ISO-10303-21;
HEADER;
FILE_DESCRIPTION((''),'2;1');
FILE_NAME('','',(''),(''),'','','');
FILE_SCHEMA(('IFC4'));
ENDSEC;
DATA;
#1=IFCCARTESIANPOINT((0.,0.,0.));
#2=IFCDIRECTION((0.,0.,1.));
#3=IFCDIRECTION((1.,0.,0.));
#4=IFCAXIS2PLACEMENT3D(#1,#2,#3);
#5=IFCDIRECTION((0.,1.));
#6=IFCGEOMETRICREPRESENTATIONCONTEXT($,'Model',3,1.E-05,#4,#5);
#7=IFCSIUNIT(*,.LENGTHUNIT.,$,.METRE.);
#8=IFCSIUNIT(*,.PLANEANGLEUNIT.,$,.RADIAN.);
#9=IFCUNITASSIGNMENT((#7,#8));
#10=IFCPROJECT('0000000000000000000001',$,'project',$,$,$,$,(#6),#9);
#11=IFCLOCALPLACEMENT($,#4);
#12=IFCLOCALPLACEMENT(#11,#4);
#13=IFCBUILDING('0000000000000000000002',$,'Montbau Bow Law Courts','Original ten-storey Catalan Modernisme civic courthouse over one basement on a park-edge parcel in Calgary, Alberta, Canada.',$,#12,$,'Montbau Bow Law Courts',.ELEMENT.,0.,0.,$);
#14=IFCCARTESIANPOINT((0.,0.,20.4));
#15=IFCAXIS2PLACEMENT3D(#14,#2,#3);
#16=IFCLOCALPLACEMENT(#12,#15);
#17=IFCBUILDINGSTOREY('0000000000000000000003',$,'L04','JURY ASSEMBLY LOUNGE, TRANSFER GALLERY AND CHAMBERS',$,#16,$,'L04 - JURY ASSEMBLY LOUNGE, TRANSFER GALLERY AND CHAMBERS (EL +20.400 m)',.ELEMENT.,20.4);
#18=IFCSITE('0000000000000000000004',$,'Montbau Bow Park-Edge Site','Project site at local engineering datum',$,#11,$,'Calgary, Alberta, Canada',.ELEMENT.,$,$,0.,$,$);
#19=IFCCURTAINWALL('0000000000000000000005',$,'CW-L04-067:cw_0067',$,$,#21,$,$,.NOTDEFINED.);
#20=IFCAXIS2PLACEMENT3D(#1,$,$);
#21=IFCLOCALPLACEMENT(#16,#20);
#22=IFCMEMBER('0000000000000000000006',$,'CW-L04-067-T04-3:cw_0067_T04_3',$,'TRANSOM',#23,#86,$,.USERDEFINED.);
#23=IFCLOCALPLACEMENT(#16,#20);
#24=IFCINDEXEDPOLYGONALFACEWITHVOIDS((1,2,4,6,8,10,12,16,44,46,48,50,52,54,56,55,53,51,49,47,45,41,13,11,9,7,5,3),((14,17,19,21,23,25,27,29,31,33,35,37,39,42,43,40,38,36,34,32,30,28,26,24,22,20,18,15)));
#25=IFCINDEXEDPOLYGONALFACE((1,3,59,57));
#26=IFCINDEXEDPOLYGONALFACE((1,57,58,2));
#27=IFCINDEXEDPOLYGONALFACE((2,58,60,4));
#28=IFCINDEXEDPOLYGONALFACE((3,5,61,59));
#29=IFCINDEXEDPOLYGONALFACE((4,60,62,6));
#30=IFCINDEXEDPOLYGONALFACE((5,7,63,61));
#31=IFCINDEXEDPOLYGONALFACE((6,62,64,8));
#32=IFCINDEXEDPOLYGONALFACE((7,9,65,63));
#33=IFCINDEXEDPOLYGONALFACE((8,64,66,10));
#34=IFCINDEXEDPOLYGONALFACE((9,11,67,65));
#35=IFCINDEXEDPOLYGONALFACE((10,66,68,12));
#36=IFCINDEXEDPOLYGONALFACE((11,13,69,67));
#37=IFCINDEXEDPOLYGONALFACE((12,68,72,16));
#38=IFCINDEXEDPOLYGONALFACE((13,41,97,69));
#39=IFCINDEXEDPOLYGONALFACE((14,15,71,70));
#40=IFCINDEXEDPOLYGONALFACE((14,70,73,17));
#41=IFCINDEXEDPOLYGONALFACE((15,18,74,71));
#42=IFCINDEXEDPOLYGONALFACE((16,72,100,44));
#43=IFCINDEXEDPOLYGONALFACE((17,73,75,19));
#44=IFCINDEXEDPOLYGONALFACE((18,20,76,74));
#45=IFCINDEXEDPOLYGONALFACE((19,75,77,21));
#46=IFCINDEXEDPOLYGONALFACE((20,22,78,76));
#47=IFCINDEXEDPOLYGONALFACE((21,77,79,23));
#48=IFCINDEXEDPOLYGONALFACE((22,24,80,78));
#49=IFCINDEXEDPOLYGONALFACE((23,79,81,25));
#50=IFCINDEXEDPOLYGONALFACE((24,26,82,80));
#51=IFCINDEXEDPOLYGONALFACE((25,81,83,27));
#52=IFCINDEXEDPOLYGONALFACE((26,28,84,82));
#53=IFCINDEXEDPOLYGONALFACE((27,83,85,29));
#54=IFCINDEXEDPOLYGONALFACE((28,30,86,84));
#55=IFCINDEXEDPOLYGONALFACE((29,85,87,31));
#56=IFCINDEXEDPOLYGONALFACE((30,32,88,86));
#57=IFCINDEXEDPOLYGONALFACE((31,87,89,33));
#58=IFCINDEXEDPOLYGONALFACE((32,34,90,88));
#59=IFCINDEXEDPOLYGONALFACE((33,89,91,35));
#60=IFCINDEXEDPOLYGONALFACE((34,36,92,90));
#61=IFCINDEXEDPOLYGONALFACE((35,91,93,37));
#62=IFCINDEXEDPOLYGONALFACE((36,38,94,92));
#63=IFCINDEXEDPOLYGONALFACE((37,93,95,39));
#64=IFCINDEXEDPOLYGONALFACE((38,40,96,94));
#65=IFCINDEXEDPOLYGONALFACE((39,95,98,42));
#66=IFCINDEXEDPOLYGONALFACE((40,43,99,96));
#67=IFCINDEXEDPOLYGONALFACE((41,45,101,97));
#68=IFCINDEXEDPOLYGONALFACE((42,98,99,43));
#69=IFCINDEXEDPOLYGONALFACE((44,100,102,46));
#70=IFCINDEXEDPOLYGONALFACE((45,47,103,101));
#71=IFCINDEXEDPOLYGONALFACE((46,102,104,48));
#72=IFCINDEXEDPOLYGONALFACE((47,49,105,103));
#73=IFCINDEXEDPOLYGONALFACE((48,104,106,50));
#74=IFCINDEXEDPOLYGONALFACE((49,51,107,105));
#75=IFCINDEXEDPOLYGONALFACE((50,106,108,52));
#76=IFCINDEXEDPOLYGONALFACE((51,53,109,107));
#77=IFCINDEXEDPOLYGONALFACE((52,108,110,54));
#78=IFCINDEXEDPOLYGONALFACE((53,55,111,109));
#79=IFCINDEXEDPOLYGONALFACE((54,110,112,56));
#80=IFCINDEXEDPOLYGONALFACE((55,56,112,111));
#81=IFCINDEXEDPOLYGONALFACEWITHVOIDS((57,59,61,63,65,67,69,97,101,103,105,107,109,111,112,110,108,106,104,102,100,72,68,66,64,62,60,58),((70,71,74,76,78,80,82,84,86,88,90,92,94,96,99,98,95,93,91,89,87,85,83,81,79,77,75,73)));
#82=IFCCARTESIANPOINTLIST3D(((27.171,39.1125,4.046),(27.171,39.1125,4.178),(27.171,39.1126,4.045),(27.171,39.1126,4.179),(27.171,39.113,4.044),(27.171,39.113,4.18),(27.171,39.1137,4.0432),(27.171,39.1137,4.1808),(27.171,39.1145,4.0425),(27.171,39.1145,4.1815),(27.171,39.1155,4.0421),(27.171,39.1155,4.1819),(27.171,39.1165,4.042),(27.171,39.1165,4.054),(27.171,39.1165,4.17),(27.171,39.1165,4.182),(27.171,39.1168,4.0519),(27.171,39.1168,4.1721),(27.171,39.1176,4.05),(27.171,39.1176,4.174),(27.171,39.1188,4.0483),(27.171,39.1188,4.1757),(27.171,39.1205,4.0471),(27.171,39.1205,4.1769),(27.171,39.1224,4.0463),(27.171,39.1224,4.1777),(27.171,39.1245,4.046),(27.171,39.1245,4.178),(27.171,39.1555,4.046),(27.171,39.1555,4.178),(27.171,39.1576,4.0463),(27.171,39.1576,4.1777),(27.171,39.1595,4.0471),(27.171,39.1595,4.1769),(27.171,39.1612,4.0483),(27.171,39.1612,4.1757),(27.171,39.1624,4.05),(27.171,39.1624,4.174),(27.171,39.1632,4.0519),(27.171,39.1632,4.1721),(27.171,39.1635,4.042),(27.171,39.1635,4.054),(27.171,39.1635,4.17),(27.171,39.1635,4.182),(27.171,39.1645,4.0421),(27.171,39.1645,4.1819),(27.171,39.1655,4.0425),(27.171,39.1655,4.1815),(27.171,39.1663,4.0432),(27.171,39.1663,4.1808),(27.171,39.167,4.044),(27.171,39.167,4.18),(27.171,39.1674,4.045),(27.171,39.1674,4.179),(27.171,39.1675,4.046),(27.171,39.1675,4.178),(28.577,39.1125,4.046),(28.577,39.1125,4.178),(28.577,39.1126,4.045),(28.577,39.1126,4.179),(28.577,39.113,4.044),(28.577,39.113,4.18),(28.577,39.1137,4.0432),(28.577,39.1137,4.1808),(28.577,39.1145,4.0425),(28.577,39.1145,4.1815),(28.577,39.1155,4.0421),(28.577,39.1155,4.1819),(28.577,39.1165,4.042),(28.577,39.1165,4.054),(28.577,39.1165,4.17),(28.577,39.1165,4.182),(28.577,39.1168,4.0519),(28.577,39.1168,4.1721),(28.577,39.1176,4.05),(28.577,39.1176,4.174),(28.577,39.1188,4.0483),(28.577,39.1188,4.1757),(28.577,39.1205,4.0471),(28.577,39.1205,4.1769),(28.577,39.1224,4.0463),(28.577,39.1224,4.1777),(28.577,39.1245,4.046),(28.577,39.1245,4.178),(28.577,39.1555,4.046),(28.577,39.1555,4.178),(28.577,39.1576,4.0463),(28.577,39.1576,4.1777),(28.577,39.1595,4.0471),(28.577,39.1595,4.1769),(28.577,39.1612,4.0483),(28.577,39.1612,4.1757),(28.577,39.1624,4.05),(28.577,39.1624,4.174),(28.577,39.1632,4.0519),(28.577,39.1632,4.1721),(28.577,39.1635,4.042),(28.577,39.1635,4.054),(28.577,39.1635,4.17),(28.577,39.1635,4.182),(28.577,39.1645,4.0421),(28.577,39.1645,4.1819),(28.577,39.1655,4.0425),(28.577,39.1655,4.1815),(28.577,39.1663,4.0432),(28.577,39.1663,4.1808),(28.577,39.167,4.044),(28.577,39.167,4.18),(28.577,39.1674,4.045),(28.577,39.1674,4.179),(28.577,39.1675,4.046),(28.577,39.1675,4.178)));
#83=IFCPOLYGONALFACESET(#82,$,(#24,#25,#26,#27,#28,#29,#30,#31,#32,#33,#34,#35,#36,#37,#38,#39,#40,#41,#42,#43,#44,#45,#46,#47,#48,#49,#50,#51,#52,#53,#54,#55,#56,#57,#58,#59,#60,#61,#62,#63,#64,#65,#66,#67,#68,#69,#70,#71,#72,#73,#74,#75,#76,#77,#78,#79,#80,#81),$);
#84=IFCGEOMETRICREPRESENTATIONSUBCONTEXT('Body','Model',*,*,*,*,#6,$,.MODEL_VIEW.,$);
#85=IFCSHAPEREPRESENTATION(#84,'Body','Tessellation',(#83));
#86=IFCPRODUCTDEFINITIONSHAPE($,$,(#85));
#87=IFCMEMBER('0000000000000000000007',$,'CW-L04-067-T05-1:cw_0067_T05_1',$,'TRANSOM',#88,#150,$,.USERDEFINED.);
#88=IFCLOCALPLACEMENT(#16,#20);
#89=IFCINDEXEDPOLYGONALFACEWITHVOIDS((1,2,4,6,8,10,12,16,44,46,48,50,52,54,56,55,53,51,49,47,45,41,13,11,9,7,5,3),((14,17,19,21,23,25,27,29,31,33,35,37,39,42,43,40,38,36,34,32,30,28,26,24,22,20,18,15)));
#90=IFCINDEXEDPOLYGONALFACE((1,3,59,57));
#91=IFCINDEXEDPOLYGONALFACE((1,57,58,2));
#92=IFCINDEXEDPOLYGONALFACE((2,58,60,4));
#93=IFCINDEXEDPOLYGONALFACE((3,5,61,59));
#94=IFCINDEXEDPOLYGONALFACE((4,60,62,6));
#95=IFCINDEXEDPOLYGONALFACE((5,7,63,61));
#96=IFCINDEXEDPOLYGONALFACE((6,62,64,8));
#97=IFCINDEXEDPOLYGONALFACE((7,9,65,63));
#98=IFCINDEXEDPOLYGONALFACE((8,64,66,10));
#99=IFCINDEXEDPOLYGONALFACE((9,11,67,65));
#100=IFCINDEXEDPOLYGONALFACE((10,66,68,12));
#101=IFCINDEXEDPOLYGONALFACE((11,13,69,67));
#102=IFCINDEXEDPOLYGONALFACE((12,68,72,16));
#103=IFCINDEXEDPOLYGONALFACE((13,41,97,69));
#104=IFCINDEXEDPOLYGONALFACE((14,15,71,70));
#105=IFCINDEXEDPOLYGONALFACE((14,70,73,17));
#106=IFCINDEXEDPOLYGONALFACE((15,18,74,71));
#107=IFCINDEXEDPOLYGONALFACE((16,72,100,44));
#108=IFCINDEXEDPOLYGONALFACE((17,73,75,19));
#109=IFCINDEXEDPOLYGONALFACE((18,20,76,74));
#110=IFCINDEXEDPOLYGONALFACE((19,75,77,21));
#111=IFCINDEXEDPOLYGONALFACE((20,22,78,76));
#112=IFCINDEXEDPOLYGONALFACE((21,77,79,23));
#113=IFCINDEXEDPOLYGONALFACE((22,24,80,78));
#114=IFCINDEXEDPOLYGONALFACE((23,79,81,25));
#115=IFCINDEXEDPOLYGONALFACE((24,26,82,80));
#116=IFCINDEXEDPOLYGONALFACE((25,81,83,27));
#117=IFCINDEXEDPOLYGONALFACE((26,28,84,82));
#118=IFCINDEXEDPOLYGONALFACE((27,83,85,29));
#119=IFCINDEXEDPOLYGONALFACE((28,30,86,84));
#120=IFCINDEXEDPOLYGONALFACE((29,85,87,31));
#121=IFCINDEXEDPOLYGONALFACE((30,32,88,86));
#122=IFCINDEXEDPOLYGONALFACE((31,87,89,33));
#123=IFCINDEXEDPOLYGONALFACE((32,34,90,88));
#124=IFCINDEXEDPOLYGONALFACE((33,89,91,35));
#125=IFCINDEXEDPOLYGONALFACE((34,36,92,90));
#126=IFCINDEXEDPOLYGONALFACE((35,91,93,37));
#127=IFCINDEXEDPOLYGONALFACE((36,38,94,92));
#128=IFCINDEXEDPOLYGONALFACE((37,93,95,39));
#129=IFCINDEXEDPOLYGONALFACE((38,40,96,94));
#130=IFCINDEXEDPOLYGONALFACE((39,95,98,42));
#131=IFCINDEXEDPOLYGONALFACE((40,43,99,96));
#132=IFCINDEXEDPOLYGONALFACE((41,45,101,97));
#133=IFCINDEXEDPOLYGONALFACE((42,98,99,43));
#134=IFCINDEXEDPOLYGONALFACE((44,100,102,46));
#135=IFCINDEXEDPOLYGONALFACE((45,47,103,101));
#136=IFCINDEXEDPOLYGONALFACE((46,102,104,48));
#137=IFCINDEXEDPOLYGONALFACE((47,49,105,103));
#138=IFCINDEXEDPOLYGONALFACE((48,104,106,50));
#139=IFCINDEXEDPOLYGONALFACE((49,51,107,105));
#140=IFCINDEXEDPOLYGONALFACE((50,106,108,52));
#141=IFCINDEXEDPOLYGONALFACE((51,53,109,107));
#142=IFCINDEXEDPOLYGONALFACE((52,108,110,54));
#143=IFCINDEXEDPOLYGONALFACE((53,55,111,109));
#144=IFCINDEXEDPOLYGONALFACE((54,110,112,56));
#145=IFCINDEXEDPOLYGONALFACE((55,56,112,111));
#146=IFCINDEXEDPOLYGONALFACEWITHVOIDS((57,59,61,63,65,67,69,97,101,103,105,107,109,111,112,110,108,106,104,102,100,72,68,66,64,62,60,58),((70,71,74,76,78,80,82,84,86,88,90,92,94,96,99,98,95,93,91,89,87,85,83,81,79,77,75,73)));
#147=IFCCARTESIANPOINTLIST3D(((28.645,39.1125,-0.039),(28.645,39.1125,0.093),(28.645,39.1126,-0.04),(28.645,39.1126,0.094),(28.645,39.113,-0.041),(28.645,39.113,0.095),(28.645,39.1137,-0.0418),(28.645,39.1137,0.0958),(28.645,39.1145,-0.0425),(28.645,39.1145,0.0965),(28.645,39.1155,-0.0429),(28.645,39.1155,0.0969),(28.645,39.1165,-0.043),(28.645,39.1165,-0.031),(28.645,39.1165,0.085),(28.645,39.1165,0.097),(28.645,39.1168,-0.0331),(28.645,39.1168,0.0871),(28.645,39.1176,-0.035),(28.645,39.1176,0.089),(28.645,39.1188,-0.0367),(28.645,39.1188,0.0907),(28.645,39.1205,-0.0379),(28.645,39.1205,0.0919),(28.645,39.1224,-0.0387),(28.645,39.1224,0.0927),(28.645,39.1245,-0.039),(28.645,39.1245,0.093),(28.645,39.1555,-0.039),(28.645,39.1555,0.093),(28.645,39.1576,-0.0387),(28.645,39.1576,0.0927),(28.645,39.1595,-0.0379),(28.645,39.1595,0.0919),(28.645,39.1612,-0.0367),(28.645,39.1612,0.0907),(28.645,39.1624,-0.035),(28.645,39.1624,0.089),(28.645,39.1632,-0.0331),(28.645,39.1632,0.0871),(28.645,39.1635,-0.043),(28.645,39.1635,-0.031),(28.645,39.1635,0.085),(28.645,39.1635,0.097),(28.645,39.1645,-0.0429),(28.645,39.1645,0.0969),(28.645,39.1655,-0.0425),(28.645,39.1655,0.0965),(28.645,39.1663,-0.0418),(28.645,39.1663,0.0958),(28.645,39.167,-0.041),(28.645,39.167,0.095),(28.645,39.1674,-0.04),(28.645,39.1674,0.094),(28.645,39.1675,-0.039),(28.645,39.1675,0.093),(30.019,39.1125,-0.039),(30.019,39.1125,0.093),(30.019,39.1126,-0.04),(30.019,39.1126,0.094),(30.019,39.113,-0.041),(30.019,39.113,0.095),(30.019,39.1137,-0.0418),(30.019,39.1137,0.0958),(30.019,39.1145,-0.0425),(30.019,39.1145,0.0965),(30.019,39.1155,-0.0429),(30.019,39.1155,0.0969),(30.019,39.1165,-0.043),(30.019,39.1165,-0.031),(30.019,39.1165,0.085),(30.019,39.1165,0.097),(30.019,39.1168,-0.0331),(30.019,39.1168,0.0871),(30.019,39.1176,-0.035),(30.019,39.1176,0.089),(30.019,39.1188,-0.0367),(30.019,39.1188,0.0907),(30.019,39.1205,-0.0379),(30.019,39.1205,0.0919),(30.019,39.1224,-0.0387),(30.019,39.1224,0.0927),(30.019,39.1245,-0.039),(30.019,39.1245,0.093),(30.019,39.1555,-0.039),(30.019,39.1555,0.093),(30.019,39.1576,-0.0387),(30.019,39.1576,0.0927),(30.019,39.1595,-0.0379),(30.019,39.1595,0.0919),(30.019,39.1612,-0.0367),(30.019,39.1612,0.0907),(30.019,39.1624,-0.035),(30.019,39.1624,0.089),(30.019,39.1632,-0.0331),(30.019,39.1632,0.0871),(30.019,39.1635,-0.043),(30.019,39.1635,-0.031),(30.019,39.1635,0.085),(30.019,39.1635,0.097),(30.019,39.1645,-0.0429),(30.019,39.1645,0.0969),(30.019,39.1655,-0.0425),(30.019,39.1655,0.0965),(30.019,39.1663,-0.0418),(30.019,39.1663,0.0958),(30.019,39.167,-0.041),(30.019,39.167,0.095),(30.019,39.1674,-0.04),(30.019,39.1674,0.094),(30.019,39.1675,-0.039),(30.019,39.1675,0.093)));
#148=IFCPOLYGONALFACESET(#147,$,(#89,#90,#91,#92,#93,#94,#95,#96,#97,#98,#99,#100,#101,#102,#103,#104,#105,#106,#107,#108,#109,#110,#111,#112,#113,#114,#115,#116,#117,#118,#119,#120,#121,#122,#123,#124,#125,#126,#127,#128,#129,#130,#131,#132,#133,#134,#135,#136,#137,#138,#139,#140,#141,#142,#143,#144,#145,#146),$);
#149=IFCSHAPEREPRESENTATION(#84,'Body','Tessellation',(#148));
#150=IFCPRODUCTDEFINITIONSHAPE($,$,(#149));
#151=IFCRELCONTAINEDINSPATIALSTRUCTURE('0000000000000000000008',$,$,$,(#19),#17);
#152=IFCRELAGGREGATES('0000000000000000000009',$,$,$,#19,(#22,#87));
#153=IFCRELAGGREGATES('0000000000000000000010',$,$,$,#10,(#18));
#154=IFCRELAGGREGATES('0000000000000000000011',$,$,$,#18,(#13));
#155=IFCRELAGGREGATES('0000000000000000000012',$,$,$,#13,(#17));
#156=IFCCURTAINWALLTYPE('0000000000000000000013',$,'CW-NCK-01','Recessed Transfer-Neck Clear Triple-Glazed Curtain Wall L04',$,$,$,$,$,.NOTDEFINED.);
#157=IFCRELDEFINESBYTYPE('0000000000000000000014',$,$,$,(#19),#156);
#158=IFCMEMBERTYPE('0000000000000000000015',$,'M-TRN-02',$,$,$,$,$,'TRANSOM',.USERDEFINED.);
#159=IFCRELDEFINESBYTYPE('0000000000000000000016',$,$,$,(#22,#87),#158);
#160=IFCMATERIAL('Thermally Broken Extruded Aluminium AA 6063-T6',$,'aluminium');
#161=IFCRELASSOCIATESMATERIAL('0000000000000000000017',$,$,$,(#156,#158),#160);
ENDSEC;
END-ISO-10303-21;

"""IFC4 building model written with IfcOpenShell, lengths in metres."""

from ifc_helpers import new_model, si_unit, direction, frame, origin_with_axes, origin_2d_with_axis, place, context, subcontext, project, spatial, hollow_rectangle, extrude, material, material_profile, profile_set, type_object, element, aggregate, save


model = new_model("IFC4")

# Units and contexts
model_context = context("Model", 3, precision=1e-05, world=origin_with_axes(), true_north=direction((0.0, 1.0)))
body_context = subcontext(model_context, "Body", "Model", "MODEL_VIEW")
ifc_project = project(units=[si_unit("LENGTHUNIT", "METRE"), si_unit("PLANEANGLEUNIT", "RADIAN")], contexts=[model_context])

# Site, building, storey
site_placement = place(None, origin_with_axes())
site = spatial("IfcSite", under=ifc_project, at=site_placement, Name="Montbau Bow Park-Edge Site", Description="Project site at local engineering datum", LongName="Calgary, Alberta, Canada", CompositionType="ELEMENT", RefElevation=0.0)
building_placement = place(site_placement, origin_with_axes())
building = spatial("IfcBuilding", under=site, at=building_placement, Name="Montbau Bow Law Courts", Description="Original ten-storey Catalan Modernisme civic courthouse over one basement on a park-edge parcel in Calgary, Alberta, Canada.", LongName="Montbau Bow Law Courts", CompositionType="ELEMENT", ElevationOfRefHeight=0.0, ElevationOfTerrain=0.0)
storey_placement = place(building_placement, frame((0.0, 0.0, 20.4), z_axis=(0.0, 0.0, 1.0), x_axis=(1.0, 0.0, 0.0)))
storey = spatial("IfcBuildingStorey", under=building, at=storey_placement, Name="L04", Description="JURY ASSEMBLY LOUNGE, TRANSFER GALLERY AND CHAMBERS", LongName="L04 - JURY ASSEMBLY LOUNGE, TRANSFER GALLERY AND CHAMBERS (EL +20.400 m)", CompositionType="ELEMENT", Elevation=20.4)

# Curtain wall, members
ifc_material_1 = material(Name="Thermally Broken Extruded Aluminium AA 6063-T6", Category="aluminium")
curtain_wall_type = type_object("IfcCurtainWallType", Name="CW-NCK-01", Description="Recessed Transfer-Neck Clear Triple-Glazed Curtain Wall L04", PredefinedType="NOTDEFINED", material=ifc_material_1)
curtain_wall_placement = place(None, frame((22.715, 39.14, 20.4), z_axis=(0.0, 0.0, 1.0), x_axis=(1.0, 0.0, 0.0)))
curtain_wall = element("IfcCurtainWall", 1, at=curtain_wall_placement, inside=storey, type_object=curtain_wall_type, Name="CW-L04-067:cw_0067", PredefinedType="NOTDEFINED")
ifc_material_profile_1 = material_profile(ifc_material_1, hollow_rectangle(XDim=0.055, YDim=0.14, WallThickness=0.004, InnerFilletRadius=0.008, OuterFilletRadius=0.004, at=origin_2d_with_axis()), Name="CWT-140X55", Category="Main", Priority=0)
ifc_profile_set_1 = profile_set([ifc_material_profile_1], Name="Thermally Broken Extruded Aluminium AA 6063-T6")
member_type_1 = type_object("IfcMemberType", Name="M-TRN-02", ElementType="TRANSOM", PredefinedType="USERDEFINED", material=ifc_profile_set_1)
member_1_placement = place(None, frame((27.171, 39.14, 24.512), z_axis=(1.0, 0.0, 0.0), x_axis=(0.0, 1.0, 0.0)))
member_1 = element("IfcMember", 2, at=member_1_placement, type_object=member_type_1, Name="CW-L04-067-T04-3:cw_0067_T04_3", ObjectType="TRANSOM", PredefinedType="USERDEFINED", context=body_context, shape_type="SweptSolid", body=[
    extrude(hollow_rectangle(XDim=0.055, YDim=0.14, WallThickness=0.004, InnerFilletRadius=0.008, OuterFilletRadius=0.004, at=origin_2d_with_axis()), origin_with_axes(), (0.0, 0.0, 1.0), 1.406),
])
member_2_placement = place(None, frame((28.645, 39.14, 20.427), z_axis=(1.0, 0.0, 0.0), x_axis=(0.0, 1.0, 0.0)))
member_2 = element("IfcMember", 3, at=member_2_placement, type_object=member_type_1, Name="CW-L04-067-T05-1:cw_0067_T05_1", ObjectType="TRANSOM", PredefinedType="USERDEFINED", context=body_context, shape_type="SweptSolid", body=[
    extrude(hollow_rectangle(XDim=0.055, YDim=0.14, WallThickness=0.004, InnerFilletRadius=0.008, OuterFilletRadius=0.004, at=origin_2d_with_axis()), origin_with_axes(), (0.0, 0.0, 1.0), 1.374),
])
aggregate(curtain_wall, [member_1, member_2])

save(model, "model.ifc")
